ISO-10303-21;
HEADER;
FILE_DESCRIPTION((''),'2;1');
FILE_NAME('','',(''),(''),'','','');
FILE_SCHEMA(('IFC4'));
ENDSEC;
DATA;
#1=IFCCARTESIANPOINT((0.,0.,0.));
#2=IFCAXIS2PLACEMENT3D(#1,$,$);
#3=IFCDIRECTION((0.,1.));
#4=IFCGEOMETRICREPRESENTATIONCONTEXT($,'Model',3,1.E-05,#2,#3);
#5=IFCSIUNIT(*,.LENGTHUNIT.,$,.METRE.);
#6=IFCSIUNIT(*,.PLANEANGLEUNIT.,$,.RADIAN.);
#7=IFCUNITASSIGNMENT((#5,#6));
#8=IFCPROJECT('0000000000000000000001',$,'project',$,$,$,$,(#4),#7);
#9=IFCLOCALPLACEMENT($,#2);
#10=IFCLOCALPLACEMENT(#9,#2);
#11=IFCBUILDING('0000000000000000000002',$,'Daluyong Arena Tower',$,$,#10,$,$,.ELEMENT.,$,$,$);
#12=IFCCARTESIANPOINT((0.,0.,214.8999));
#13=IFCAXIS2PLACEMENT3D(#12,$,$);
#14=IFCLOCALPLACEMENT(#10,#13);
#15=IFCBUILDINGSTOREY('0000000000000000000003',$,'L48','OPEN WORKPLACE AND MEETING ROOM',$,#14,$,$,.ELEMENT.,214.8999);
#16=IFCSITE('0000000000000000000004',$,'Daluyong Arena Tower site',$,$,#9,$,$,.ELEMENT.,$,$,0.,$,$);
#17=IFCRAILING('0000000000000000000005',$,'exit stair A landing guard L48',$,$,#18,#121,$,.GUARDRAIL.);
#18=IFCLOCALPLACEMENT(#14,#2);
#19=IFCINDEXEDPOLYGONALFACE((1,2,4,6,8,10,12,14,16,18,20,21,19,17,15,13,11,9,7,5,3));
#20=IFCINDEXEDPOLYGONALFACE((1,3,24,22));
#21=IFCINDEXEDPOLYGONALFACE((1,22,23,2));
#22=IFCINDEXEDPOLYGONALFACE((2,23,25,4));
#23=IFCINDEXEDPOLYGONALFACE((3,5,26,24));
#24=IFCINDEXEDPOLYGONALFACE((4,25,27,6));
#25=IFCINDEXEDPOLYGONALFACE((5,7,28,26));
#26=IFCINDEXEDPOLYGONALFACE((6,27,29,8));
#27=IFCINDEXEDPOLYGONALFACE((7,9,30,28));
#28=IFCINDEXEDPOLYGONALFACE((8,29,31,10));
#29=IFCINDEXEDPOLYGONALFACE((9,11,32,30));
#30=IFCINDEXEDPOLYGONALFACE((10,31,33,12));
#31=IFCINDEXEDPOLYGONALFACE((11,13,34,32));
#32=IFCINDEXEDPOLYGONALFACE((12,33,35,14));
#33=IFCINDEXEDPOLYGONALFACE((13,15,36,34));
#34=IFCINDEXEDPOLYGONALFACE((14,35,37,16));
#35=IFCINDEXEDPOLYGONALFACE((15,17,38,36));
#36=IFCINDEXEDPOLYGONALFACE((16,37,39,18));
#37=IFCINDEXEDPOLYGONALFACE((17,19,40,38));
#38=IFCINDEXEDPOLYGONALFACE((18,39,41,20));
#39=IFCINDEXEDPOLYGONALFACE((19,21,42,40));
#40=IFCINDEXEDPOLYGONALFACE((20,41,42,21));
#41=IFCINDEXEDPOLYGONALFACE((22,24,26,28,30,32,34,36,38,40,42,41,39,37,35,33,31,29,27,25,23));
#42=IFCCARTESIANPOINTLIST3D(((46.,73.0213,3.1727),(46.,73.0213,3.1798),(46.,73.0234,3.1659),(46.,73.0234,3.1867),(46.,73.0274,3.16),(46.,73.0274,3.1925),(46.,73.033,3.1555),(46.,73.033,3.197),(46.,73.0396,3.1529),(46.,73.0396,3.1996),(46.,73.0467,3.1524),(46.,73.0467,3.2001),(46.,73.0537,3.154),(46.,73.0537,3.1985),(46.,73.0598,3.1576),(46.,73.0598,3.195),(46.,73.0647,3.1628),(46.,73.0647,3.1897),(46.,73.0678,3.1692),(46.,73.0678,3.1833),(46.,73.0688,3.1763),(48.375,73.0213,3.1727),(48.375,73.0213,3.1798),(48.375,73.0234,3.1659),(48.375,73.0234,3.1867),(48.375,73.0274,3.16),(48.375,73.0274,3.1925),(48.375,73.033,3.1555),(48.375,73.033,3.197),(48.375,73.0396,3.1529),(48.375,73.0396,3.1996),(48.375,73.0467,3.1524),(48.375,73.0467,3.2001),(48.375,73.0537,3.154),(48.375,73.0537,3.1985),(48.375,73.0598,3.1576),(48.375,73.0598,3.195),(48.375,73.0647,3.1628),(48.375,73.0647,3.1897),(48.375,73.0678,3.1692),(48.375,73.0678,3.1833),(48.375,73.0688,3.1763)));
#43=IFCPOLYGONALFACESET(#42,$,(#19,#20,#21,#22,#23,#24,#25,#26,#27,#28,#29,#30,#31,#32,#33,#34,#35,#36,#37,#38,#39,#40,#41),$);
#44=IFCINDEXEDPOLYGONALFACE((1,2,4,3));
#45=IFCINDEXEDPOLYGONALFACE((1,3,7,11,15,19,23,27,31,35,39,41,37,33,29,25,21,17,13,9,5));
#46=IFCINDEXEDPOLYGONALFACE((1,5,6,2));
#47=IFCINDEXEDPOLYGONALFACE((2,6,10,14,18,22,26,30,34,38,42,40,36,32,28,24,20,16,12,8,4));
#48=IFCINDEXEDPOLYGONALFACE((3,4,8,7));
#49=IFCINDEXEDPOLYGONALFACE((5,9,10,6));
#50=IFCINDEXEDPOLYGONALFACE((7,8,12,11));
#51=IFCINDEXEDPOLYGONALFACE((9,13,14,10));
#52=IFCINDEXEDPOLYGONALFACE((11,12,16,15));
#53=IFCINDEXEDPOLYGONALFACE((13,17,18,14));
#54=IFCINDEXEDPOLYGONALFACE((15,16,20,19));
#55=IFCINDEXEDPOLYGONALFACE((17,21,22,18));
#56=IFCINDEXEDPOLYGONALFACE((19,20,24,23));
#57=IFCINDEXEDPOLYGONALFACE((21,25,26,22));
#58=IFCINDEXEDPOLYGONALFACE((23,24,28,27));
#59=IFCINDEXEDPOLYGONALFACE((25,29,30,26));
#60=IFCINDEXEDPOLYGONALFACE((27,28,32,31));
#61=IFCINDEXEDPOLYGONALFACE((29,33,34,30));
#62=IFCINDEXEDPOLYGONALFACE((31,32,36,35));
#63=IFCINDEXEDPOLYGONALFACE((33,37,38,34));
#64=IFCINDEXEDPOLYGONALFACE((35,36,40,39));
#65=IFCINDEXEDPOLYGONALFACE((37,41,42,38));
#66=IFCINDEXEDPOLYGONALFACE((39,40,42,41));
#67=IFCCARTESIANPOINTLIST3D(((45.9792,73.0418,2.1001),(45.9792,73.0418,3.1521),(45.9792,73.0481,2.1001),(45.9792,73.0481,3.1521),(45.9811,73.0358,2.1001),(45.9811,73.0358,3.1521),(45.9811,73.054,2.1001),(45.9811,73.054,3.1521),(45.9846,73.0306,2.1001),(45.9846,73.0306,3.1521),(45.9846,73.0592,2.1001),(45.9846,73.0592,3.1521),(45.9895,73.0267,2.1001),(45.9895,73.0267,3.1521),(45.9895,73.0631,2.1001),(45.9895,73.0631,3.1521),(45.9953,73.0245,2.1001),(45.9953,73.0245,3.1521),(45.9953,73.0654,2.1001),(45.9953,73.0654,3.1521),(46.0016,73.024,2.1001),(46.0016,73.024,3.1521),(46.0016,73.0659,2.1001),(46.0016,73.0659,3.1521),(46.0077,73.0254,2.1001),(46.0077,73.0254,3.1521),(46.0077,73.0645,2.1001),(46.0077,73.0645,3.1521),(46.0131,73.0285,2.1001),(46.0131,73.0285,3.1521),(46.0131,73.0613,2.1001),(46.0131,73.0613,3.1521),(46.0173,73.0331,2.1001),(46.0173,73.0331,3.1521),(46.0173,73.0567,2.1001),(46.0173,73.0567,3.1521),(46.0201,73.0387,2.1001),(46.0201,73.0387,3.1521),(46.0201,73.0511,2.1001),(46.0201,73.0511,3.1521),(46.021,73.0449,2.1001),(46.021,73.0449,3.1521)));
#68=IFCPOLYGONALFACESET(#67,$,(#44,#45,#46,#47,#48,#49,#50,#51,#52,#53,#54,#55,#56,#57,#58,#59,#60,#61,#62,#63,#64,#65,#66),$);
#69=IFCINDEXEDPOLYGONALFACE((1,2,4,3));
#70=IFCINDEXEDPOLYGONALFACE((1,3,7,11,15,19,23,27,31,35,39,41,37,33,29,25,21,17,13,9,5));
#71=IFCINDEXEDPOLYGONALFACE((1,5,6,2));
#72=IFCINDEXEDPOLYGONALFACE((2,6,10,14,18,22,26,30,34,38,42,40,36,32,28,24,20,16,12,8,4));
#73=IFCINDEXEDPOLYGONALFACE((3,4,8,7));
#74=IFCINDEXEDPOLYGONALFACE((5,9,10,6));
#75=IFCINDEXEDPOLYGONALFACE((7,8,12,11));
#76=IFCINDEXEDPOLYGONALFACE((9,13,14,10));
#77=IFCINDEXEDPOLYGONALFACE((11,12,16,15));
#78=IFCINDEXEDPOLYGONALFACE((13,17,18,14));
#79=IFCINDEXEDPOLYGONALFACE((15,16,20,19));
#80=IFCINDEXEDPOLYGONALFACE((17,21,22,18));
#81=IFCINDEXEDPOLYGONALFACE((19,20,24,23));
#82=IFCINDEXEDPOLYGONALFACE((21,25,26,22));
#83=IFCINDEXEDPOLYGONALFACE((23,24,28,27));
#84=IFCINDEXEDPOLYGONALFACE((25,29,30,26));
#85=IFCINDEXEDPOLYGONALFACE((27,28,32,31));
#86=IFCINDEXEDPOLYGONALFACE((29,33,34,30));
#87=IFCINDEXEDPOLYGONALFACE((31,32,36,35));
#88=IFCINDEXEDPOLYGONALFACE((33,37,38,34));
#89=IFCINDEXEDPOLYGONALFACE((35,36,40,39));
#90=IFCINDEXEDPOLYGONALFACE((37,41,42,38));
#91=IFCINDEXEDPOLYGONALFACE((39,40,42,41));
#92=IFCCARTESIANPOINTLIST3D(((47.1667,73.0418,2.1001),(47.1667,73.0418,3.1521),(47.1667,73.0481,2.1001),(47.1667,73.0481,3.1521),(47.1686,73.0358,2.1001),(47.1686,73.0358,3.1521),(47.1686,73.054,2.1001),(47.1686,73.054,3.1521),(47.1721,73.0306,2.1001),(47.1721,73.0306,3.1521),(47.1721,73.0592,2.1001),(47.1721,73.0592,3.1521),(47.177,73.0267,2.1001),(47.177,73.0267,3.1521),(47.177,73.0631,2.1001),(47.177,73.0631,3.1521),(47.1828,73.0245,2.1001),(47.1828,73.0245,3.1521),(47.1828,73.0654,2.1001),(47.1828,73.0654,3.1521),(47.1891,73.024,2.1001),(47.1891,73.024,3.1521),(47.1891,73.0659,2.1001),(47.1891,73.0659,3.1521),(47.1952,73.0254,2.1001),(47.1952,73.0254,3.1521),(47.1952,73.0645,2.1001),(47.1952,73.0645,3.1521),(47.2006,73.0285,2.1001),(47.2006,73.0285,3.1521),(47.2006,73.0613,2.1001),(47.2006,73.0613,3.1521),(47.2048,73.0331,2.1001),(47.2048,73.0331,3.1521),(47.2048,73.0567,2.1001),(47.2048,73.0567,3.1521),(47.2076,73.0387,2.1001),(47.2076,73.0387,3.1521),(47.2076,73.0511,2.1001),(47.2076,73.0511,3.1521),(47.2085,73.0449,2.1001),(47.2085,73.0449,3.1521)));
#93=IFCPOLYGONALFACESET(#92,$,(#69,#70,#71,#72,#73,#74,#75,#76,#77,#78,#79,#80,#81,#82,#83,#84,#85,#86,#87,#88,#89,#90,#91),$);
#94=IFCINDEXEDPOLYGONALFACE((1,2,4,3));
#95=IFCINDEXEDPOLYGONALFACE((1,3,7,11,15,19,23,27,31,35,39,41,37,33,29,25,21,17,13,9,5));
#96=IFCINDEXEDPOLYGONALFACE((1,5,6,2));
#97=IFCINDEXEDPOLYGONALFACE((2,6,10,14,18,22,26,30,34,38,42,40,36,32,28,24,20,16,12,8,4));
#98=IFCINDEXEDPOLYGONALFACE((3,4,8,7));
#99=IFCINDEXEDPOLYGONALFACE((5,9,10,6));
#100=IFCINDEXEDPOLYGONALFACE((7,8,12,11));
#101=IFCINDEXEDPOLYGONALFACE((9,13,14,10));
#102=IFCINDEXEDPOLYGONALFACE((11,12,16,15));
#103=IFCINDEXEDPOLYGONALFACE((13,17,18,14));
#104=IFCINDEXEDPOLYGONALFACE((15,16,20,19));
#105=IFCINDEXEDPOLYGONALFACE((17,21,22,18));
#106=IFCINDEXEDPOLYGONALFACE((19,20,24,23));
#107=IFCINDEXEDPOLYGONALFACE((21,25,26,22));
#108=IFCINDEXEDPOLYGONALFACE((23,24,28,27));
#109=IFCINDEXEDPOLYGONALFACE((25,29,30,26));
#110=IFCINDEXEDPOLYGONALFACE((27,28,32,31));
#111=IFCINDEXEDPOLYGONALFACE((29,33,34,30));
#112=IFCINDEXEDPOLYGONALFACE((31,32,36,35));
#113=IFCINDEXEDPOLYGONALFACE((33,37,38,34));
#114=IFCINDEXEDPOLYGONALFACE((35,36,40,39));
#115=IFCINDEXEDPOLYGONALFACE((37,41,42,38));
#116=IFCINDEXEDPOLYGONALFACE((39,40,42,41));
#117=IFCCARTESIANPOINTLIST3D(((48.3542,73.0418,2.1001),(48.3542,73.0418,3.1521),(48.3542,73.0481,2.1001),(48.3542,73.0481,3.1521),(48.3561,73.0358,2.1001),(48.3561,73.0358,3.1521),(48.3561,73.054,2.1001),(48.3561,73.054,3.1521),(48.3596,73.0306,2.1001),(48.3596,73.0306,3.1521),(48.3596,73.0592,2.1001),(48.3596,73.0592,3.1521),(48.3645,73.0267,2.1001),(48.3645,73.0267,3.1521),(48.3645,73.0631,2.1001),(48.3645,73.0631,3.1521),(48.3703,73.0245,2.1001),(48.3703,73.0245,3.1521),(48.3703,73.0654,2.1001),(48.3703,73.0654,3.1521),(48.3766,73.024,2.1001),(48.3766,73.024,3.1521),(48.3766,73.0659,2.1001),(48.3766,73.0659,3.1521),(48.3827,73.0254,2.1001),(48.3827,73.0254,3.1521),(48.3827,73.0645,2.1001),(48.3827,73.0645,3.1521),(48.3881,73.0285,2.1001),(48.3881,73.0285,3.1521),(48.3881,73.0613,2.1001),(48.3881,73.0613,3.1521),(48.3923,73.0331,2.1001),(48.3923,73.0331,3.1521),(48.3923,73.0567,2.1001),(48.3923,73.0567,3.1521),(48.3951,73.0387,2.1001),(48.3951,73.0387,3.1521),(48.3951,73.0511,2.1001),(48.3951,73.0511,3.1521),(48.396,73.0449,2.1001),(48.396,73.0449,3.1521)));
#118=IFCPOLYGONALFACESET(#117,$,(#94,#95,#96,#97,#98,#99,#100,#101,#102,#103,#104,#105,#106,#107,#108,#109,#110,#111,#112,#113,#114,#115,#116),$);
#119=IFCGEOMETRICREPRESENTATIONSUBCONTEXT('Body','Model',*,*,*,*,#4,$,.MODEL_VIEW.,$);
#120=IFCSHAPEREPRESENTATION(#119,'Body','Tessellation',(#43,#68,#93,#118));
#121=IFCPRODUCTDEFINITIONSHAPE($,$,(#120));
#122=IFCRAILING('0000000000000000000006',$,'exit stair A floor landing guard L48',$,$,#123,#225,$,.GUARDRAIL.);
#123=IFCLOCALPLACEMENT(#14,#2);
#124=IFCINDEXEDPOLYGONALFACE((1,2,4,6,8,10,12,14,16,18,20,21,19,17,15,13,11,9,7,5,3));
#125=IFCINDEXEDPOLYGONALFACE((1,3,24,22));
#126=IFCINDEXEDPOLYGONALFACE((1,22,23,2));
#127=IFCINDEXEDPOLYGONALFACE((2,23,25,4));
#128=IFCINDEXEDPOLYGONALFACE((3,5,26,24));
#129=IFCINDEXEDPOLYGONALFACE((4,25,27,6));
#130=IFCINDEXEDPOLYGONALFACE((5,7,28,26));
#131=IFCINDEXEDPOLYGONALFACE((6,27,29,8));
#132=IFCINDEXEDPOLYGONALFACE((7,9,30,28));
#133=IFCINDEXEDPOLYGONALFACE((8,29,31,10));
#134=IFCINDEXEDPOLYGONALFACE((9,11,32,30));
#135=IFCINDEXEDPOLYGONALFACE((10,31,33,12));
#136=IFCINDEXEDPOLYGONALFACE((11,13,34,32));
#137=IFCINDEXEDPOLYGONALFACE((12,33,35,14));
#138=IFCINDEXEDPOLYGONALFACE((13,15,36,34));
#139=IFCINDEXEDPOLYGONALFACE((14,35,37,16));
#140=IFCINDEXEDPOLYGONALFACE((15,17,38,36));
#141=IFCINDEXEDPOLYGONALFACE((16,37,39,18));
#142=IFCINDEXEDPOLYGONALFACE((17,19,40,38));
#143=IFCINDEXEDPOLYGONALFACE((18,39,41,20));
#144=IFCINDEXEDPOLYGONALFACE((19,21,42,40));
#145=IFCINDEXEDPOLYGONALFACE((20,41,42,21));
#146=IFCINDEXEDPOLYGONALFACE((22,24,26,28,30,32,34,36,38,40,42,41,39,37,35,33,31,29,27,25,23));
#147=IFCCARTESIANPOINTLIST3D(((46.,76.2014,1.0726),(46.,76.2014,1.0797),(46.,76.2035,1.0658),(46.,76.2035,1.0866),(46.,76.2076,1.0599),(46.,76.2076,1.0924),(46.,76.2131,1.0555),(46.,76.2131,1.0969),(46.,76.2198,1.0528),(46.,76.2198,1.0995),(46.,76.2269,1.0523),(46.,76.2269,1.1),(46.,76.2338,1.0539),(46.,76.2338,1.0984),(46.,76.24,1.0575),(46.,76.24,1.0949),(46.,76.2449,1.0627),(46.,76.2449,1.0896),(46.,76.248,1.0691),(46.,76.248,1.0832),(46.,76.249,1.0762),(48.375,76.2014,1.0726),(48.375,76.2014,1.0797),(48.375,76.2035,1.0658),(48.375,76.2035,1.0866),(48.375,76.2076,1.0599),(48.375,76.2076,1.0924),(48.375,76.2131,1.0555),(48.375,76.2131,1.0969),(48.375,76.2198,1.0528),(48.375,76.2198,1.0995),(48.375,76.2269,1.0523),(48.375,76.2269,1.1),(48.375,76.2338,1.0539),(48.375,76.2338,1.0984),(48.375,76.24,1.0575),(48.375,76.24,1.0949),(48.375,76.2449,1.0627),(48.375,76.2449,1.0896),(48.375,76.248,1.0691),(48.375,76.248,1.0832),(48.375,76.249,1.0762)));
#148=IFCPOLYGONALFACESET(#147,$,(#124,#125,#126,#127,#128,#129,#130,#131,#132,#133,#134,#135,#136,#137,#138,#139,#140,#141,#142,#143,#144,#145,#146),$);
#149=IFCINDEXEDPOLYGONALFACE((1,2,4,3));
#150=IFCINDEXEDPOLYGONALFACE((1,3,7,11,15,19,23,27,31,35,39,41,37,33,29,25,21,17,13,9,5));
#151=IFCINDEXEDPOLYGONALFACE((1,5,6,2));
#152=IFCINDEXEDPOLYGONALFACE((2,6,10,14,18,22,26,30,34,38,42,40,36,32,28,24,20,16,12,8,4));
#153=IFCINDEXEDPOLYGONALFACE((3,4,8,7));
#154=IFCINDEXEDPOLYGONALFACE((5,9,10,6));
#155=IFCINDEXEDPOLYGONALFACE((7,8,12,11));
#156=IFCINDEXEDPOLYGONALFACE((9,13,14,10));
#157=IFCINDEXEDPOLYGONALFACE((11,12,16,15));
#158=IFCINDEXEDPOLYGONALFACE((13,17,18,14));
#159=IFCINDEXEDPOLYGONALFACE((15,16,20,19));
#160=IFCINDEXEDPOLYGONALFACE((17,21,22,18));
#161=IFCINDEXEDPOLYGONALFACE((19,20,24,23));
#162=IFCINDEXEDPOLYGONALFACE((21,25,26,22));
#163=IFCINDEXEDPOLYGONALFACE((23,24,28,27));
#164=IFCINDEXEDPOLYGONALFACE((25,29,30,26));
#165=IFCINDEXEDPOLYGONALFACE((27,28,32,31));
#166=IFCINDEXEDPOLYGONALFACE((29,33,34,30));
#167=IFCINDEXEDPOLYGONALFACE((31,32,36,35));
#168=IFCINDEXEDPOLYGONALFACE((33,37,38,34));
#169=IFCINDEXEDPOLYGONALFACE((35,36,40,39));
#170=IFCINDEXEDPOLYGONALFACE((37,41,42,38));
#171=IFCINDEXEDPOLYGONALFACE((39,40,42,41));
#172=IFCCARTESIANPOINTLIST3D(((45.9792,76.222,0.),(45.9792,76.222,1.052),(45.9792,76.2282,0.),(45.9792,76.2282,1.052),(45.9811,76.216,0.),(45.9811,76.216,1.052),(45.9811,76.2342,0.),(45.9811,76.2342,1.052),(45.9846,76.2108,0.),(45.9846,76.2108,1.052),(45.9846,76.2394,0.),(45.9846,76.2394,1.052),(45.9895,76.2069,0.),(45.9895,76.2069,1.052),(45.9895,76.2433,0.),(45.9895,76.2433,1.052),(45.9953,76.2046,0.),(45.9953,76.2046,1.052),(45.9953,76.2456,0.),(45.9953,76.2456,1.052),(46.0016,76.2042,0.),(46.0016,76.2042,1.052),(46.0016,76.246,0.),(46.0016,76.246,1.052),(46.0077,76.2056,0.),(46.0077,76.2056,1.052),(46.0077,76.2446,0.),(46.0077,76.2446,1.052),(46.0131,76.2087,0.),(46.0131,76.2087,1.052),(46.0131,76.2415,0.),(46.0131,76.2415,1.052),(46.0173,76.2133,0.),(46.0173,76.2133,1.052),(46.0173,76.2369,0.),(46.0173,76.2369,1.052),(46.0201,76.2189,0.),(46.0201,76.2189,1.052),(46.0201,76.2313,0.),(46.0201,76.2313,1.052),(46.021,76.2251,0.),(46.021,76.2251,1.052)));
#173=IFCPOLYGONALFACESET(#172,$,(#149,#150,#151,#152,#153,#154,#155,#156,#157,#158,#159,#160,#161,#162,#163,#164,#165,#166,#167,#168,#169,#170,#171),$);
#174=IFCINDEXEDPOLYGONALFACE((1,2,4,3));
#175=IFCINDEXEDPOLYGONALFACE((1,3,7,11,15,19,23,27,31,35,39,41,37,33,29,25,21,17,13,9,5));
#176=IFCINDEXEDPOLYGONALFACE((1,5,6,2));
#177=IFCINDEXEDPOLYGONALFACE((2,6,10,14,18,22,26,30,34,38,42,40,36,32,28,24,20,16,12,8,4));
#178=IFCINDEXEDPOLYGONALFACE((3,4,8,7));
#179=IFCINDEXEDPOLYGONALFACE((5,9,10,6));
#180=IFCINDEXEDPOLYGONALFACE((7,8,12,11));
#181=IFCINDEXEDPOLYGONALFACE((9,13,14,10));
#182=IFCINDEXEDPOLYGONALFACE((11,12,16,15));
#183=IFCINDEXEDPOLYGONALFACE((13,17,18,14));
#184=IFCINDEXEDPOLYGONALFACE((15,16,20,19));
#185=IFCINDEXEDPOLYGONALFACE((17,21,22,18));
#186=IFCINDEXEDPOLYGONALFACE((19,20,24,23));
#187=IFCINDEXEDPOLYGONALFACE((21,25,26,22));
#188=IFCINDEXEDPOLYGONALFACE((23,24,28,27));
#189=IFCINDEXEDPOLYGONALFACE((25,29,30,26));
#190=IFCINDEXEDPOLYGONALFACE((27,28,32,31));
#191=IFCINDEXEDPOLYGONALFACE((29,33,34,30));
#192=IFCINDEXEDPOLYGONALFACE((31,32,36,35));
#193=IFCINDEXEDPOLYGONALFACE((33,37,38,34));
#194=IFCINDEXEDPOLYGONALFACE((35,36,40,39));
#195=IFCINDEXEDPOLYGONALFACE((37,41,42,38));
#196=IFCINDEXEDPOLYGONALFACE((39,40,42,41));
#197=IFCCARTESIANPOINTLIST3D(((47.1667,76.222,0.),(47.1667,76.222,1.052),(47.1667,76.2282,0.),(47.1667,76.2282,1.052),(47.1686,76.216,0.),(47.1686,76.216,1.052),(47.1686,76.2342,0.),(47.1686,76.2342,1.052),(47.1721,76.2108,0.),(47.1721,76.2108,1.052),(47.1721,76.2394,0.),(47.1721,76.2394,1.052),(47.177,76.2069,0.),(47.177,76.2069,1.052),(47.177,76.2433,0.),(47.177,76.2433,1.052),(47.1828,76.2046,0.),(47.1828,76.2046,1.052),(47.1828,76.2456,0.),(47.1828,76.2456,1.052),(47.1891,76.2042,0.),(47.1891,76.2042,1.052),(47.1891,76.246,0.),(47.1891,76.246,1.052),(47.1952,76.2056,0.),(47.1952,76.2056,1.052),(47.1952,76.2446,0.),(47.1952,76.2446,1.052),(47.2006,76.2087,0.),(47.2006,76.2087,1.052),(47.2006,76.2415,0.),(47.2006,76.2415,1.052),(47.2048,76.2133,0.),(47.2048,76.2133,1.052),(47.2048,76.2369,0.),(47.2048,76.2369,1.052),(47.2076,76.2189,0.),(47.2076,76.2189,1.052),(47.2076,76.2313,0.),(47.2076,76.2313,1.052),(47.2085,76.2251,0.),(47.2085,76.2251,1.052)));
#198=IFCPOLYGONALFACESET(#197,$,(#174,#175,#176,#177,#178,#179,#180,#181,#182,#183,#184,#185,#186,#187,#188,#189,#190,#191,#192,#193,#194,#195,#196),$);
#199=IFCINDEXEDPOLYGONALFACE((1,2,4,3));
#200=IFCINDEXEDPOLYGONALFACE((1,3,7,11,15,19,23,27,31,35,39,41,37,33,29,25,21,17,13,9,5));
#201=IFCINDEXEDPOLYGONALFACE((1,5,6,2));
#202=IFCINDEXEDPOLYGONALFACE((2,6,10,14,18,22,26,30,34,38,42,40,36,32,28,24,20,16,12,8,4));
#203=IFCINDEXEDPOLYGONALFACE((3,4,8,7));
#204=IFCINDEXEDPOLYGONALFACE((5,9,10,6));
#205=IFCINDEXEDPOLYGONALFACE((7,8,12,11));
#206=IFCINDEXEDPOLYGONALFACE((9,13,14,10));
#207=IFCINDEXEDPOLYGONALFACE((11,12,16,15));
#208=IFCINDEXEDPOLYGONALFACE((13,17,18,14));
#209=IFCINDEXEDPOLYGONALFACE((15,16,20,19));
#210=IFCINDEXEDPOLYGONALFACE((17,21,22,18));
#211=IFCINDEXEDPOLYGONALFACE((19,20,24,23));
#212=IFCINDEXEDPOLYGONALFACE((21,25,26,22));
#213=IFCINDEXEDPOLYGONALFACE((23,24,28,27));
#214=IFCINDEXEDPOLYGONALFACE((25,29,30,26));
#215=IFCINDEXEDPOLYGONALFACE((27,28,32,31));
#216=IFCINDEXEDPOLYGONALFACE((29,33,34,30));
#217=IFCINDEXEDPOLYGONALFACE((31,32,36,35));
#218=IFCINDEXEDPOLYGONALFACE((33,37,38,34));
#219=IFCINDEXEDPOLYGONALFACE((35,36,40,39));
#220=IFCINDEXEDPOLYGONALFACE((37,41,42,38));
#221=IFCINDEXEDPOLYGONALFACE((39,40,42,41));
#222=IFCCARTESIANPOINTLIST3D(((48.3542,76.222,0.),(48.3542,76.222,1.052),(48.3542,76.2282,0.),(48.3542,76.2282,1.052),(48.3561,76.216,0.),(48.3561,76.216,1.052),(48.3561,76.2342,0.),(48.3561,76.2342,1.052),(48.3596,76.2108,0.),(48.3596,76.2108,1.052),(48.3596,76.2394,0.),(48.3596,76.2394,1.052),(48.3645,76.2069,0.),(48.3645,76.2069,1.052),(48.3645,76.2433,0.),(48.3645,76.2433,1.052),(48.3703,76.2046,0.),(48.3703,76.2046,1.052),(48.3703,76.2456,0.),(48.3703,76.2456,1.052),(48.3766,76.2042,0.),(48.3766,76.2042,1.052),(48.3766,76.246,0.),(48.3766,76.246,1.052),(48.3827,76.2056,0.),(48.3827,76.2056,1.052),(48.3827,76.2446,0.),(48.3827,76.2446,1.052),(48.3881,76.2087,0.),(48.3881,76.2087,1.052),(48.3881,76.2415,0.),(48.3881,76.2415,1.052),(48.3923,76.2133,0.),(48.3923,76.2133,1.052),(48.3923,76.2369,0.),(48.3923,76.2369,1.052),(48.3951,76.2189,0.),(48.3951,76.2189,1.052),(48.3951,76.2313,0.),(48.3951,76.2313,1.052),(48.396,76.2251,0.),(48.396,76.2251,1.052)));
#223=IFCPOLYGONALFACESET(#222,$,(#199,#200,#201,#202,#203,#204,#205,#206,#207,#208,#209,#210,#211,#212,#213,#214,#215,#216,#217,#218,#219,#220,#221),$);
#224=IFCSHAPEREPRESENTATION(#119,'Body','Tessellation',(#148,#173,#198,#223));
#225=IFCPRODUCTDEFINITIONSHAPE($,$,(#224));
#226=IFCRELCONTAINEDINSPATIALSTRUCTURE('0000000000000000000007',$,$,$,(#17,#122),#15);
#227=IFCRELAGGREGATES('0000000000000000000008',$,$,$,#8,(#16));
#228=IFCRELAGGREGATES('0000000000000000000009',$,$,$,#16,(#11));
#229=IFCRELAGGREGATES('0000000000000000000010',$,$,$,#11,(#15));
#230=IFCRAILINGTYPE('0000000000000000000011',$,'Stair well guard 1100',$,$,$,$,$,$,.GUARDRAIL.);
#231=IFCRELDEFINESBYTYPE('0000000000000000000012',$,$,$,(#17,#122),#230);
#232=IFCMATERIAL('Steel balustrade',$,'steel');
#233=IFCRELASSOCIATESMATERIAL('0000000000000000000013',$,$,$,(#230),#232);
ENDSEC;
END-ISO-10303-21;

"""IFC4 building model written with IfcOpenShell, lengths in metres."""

from ifc_helpers import new_model, si_unit, direction, frame, origin, origin_2d, place, context, subcontext, project, spatial, circle, extrude, material, type_object, element, save


model = new_model("IFC4")

# Units and contexts
model_context = context("Model", 3, precision=1e-05, world=origin(), true_north=direction((0.0, 1.0)))
body_context = subcontext(model_context, "Body", "Model", "MODEL_VIEW")
ifc_project = project(units=[si_unit("LENGTHUNIT", "METRE"), si_unit("PLANEANGLEUNIT", "RADIAN")], contexts=[model_context])

# Site, building, storey
site_placement = place(None, origin())
site = spatial("IfcSite", under=ifc_project, at=site_placement, Name="Daluyong Arena Tower site", CompositionType="ELEMENT", RefElevation=0.0)
building_placement = place(site_placement, origin())
building = spatial("IfcBuilding", under=site, at=building_placement, Name="Daluyong Arena Tower", CompositionType="ELEMENT")
storey_placement = place(building_placement, frame((0.0, 0.0, 214.8999)))
storey = spatial("IfcBuildingStorey", under=building, at=storey_placement, Name="L48", Description="OPEN WORKPLACE AND MEETING ROOM", CompositionType="ELEMENT", Elevation=214.8999)

# Railings
ifc_material_1 = material(Name="Steel balustrade", Category="steel")
railing_type_1 = type_object("IfcRailingType", Name="Stair well guard 1100", PredefinedType="GUARDRAIL", material=ifc_material_1)
for number, where, name in (
    (1, (46.0, 73.0449, 2.1001), "exit stair A landing guard L48"),
    (2, (46.0, 76.2251, 0.0), "exit stair A floor landing guard L48"),
):
    element("IfcRailing", number, at=place(storey_placement, frame(where)), inside=storey, type_object=railing_type_1, Name=name, PredefinedType="GUARDRAIL", context=body_context, shape_type="SweptSolid", body=[
        extrude(circle(Radius=0.0239, at=origin_2d()), frame((0.0, 0.0, 1.0762), z_axis=(1.0, 0.0, 0.0), x_axis=(0.0, 1.0, 0.0)), (0.0, 0.0, 1.0), 2.375),
        extrude(circle(Radius=0.021, at=origin_2d()), origin(), (0.0, 0.0, 1.0), 1.052),
        extrude(circle(Radius=0.021, at=origin_2d()), frame((1.1875, 0.0, 0.0)), (0.0, 0.0, 1.0), 1.052),
        extrude(circle(Radius=0.021, at=origin_2d()), frame((2.375, 0.0, 0.0)), (0.0, 0.0, 1.0), 1.052),
    ])

save(model, "model.ifc")
